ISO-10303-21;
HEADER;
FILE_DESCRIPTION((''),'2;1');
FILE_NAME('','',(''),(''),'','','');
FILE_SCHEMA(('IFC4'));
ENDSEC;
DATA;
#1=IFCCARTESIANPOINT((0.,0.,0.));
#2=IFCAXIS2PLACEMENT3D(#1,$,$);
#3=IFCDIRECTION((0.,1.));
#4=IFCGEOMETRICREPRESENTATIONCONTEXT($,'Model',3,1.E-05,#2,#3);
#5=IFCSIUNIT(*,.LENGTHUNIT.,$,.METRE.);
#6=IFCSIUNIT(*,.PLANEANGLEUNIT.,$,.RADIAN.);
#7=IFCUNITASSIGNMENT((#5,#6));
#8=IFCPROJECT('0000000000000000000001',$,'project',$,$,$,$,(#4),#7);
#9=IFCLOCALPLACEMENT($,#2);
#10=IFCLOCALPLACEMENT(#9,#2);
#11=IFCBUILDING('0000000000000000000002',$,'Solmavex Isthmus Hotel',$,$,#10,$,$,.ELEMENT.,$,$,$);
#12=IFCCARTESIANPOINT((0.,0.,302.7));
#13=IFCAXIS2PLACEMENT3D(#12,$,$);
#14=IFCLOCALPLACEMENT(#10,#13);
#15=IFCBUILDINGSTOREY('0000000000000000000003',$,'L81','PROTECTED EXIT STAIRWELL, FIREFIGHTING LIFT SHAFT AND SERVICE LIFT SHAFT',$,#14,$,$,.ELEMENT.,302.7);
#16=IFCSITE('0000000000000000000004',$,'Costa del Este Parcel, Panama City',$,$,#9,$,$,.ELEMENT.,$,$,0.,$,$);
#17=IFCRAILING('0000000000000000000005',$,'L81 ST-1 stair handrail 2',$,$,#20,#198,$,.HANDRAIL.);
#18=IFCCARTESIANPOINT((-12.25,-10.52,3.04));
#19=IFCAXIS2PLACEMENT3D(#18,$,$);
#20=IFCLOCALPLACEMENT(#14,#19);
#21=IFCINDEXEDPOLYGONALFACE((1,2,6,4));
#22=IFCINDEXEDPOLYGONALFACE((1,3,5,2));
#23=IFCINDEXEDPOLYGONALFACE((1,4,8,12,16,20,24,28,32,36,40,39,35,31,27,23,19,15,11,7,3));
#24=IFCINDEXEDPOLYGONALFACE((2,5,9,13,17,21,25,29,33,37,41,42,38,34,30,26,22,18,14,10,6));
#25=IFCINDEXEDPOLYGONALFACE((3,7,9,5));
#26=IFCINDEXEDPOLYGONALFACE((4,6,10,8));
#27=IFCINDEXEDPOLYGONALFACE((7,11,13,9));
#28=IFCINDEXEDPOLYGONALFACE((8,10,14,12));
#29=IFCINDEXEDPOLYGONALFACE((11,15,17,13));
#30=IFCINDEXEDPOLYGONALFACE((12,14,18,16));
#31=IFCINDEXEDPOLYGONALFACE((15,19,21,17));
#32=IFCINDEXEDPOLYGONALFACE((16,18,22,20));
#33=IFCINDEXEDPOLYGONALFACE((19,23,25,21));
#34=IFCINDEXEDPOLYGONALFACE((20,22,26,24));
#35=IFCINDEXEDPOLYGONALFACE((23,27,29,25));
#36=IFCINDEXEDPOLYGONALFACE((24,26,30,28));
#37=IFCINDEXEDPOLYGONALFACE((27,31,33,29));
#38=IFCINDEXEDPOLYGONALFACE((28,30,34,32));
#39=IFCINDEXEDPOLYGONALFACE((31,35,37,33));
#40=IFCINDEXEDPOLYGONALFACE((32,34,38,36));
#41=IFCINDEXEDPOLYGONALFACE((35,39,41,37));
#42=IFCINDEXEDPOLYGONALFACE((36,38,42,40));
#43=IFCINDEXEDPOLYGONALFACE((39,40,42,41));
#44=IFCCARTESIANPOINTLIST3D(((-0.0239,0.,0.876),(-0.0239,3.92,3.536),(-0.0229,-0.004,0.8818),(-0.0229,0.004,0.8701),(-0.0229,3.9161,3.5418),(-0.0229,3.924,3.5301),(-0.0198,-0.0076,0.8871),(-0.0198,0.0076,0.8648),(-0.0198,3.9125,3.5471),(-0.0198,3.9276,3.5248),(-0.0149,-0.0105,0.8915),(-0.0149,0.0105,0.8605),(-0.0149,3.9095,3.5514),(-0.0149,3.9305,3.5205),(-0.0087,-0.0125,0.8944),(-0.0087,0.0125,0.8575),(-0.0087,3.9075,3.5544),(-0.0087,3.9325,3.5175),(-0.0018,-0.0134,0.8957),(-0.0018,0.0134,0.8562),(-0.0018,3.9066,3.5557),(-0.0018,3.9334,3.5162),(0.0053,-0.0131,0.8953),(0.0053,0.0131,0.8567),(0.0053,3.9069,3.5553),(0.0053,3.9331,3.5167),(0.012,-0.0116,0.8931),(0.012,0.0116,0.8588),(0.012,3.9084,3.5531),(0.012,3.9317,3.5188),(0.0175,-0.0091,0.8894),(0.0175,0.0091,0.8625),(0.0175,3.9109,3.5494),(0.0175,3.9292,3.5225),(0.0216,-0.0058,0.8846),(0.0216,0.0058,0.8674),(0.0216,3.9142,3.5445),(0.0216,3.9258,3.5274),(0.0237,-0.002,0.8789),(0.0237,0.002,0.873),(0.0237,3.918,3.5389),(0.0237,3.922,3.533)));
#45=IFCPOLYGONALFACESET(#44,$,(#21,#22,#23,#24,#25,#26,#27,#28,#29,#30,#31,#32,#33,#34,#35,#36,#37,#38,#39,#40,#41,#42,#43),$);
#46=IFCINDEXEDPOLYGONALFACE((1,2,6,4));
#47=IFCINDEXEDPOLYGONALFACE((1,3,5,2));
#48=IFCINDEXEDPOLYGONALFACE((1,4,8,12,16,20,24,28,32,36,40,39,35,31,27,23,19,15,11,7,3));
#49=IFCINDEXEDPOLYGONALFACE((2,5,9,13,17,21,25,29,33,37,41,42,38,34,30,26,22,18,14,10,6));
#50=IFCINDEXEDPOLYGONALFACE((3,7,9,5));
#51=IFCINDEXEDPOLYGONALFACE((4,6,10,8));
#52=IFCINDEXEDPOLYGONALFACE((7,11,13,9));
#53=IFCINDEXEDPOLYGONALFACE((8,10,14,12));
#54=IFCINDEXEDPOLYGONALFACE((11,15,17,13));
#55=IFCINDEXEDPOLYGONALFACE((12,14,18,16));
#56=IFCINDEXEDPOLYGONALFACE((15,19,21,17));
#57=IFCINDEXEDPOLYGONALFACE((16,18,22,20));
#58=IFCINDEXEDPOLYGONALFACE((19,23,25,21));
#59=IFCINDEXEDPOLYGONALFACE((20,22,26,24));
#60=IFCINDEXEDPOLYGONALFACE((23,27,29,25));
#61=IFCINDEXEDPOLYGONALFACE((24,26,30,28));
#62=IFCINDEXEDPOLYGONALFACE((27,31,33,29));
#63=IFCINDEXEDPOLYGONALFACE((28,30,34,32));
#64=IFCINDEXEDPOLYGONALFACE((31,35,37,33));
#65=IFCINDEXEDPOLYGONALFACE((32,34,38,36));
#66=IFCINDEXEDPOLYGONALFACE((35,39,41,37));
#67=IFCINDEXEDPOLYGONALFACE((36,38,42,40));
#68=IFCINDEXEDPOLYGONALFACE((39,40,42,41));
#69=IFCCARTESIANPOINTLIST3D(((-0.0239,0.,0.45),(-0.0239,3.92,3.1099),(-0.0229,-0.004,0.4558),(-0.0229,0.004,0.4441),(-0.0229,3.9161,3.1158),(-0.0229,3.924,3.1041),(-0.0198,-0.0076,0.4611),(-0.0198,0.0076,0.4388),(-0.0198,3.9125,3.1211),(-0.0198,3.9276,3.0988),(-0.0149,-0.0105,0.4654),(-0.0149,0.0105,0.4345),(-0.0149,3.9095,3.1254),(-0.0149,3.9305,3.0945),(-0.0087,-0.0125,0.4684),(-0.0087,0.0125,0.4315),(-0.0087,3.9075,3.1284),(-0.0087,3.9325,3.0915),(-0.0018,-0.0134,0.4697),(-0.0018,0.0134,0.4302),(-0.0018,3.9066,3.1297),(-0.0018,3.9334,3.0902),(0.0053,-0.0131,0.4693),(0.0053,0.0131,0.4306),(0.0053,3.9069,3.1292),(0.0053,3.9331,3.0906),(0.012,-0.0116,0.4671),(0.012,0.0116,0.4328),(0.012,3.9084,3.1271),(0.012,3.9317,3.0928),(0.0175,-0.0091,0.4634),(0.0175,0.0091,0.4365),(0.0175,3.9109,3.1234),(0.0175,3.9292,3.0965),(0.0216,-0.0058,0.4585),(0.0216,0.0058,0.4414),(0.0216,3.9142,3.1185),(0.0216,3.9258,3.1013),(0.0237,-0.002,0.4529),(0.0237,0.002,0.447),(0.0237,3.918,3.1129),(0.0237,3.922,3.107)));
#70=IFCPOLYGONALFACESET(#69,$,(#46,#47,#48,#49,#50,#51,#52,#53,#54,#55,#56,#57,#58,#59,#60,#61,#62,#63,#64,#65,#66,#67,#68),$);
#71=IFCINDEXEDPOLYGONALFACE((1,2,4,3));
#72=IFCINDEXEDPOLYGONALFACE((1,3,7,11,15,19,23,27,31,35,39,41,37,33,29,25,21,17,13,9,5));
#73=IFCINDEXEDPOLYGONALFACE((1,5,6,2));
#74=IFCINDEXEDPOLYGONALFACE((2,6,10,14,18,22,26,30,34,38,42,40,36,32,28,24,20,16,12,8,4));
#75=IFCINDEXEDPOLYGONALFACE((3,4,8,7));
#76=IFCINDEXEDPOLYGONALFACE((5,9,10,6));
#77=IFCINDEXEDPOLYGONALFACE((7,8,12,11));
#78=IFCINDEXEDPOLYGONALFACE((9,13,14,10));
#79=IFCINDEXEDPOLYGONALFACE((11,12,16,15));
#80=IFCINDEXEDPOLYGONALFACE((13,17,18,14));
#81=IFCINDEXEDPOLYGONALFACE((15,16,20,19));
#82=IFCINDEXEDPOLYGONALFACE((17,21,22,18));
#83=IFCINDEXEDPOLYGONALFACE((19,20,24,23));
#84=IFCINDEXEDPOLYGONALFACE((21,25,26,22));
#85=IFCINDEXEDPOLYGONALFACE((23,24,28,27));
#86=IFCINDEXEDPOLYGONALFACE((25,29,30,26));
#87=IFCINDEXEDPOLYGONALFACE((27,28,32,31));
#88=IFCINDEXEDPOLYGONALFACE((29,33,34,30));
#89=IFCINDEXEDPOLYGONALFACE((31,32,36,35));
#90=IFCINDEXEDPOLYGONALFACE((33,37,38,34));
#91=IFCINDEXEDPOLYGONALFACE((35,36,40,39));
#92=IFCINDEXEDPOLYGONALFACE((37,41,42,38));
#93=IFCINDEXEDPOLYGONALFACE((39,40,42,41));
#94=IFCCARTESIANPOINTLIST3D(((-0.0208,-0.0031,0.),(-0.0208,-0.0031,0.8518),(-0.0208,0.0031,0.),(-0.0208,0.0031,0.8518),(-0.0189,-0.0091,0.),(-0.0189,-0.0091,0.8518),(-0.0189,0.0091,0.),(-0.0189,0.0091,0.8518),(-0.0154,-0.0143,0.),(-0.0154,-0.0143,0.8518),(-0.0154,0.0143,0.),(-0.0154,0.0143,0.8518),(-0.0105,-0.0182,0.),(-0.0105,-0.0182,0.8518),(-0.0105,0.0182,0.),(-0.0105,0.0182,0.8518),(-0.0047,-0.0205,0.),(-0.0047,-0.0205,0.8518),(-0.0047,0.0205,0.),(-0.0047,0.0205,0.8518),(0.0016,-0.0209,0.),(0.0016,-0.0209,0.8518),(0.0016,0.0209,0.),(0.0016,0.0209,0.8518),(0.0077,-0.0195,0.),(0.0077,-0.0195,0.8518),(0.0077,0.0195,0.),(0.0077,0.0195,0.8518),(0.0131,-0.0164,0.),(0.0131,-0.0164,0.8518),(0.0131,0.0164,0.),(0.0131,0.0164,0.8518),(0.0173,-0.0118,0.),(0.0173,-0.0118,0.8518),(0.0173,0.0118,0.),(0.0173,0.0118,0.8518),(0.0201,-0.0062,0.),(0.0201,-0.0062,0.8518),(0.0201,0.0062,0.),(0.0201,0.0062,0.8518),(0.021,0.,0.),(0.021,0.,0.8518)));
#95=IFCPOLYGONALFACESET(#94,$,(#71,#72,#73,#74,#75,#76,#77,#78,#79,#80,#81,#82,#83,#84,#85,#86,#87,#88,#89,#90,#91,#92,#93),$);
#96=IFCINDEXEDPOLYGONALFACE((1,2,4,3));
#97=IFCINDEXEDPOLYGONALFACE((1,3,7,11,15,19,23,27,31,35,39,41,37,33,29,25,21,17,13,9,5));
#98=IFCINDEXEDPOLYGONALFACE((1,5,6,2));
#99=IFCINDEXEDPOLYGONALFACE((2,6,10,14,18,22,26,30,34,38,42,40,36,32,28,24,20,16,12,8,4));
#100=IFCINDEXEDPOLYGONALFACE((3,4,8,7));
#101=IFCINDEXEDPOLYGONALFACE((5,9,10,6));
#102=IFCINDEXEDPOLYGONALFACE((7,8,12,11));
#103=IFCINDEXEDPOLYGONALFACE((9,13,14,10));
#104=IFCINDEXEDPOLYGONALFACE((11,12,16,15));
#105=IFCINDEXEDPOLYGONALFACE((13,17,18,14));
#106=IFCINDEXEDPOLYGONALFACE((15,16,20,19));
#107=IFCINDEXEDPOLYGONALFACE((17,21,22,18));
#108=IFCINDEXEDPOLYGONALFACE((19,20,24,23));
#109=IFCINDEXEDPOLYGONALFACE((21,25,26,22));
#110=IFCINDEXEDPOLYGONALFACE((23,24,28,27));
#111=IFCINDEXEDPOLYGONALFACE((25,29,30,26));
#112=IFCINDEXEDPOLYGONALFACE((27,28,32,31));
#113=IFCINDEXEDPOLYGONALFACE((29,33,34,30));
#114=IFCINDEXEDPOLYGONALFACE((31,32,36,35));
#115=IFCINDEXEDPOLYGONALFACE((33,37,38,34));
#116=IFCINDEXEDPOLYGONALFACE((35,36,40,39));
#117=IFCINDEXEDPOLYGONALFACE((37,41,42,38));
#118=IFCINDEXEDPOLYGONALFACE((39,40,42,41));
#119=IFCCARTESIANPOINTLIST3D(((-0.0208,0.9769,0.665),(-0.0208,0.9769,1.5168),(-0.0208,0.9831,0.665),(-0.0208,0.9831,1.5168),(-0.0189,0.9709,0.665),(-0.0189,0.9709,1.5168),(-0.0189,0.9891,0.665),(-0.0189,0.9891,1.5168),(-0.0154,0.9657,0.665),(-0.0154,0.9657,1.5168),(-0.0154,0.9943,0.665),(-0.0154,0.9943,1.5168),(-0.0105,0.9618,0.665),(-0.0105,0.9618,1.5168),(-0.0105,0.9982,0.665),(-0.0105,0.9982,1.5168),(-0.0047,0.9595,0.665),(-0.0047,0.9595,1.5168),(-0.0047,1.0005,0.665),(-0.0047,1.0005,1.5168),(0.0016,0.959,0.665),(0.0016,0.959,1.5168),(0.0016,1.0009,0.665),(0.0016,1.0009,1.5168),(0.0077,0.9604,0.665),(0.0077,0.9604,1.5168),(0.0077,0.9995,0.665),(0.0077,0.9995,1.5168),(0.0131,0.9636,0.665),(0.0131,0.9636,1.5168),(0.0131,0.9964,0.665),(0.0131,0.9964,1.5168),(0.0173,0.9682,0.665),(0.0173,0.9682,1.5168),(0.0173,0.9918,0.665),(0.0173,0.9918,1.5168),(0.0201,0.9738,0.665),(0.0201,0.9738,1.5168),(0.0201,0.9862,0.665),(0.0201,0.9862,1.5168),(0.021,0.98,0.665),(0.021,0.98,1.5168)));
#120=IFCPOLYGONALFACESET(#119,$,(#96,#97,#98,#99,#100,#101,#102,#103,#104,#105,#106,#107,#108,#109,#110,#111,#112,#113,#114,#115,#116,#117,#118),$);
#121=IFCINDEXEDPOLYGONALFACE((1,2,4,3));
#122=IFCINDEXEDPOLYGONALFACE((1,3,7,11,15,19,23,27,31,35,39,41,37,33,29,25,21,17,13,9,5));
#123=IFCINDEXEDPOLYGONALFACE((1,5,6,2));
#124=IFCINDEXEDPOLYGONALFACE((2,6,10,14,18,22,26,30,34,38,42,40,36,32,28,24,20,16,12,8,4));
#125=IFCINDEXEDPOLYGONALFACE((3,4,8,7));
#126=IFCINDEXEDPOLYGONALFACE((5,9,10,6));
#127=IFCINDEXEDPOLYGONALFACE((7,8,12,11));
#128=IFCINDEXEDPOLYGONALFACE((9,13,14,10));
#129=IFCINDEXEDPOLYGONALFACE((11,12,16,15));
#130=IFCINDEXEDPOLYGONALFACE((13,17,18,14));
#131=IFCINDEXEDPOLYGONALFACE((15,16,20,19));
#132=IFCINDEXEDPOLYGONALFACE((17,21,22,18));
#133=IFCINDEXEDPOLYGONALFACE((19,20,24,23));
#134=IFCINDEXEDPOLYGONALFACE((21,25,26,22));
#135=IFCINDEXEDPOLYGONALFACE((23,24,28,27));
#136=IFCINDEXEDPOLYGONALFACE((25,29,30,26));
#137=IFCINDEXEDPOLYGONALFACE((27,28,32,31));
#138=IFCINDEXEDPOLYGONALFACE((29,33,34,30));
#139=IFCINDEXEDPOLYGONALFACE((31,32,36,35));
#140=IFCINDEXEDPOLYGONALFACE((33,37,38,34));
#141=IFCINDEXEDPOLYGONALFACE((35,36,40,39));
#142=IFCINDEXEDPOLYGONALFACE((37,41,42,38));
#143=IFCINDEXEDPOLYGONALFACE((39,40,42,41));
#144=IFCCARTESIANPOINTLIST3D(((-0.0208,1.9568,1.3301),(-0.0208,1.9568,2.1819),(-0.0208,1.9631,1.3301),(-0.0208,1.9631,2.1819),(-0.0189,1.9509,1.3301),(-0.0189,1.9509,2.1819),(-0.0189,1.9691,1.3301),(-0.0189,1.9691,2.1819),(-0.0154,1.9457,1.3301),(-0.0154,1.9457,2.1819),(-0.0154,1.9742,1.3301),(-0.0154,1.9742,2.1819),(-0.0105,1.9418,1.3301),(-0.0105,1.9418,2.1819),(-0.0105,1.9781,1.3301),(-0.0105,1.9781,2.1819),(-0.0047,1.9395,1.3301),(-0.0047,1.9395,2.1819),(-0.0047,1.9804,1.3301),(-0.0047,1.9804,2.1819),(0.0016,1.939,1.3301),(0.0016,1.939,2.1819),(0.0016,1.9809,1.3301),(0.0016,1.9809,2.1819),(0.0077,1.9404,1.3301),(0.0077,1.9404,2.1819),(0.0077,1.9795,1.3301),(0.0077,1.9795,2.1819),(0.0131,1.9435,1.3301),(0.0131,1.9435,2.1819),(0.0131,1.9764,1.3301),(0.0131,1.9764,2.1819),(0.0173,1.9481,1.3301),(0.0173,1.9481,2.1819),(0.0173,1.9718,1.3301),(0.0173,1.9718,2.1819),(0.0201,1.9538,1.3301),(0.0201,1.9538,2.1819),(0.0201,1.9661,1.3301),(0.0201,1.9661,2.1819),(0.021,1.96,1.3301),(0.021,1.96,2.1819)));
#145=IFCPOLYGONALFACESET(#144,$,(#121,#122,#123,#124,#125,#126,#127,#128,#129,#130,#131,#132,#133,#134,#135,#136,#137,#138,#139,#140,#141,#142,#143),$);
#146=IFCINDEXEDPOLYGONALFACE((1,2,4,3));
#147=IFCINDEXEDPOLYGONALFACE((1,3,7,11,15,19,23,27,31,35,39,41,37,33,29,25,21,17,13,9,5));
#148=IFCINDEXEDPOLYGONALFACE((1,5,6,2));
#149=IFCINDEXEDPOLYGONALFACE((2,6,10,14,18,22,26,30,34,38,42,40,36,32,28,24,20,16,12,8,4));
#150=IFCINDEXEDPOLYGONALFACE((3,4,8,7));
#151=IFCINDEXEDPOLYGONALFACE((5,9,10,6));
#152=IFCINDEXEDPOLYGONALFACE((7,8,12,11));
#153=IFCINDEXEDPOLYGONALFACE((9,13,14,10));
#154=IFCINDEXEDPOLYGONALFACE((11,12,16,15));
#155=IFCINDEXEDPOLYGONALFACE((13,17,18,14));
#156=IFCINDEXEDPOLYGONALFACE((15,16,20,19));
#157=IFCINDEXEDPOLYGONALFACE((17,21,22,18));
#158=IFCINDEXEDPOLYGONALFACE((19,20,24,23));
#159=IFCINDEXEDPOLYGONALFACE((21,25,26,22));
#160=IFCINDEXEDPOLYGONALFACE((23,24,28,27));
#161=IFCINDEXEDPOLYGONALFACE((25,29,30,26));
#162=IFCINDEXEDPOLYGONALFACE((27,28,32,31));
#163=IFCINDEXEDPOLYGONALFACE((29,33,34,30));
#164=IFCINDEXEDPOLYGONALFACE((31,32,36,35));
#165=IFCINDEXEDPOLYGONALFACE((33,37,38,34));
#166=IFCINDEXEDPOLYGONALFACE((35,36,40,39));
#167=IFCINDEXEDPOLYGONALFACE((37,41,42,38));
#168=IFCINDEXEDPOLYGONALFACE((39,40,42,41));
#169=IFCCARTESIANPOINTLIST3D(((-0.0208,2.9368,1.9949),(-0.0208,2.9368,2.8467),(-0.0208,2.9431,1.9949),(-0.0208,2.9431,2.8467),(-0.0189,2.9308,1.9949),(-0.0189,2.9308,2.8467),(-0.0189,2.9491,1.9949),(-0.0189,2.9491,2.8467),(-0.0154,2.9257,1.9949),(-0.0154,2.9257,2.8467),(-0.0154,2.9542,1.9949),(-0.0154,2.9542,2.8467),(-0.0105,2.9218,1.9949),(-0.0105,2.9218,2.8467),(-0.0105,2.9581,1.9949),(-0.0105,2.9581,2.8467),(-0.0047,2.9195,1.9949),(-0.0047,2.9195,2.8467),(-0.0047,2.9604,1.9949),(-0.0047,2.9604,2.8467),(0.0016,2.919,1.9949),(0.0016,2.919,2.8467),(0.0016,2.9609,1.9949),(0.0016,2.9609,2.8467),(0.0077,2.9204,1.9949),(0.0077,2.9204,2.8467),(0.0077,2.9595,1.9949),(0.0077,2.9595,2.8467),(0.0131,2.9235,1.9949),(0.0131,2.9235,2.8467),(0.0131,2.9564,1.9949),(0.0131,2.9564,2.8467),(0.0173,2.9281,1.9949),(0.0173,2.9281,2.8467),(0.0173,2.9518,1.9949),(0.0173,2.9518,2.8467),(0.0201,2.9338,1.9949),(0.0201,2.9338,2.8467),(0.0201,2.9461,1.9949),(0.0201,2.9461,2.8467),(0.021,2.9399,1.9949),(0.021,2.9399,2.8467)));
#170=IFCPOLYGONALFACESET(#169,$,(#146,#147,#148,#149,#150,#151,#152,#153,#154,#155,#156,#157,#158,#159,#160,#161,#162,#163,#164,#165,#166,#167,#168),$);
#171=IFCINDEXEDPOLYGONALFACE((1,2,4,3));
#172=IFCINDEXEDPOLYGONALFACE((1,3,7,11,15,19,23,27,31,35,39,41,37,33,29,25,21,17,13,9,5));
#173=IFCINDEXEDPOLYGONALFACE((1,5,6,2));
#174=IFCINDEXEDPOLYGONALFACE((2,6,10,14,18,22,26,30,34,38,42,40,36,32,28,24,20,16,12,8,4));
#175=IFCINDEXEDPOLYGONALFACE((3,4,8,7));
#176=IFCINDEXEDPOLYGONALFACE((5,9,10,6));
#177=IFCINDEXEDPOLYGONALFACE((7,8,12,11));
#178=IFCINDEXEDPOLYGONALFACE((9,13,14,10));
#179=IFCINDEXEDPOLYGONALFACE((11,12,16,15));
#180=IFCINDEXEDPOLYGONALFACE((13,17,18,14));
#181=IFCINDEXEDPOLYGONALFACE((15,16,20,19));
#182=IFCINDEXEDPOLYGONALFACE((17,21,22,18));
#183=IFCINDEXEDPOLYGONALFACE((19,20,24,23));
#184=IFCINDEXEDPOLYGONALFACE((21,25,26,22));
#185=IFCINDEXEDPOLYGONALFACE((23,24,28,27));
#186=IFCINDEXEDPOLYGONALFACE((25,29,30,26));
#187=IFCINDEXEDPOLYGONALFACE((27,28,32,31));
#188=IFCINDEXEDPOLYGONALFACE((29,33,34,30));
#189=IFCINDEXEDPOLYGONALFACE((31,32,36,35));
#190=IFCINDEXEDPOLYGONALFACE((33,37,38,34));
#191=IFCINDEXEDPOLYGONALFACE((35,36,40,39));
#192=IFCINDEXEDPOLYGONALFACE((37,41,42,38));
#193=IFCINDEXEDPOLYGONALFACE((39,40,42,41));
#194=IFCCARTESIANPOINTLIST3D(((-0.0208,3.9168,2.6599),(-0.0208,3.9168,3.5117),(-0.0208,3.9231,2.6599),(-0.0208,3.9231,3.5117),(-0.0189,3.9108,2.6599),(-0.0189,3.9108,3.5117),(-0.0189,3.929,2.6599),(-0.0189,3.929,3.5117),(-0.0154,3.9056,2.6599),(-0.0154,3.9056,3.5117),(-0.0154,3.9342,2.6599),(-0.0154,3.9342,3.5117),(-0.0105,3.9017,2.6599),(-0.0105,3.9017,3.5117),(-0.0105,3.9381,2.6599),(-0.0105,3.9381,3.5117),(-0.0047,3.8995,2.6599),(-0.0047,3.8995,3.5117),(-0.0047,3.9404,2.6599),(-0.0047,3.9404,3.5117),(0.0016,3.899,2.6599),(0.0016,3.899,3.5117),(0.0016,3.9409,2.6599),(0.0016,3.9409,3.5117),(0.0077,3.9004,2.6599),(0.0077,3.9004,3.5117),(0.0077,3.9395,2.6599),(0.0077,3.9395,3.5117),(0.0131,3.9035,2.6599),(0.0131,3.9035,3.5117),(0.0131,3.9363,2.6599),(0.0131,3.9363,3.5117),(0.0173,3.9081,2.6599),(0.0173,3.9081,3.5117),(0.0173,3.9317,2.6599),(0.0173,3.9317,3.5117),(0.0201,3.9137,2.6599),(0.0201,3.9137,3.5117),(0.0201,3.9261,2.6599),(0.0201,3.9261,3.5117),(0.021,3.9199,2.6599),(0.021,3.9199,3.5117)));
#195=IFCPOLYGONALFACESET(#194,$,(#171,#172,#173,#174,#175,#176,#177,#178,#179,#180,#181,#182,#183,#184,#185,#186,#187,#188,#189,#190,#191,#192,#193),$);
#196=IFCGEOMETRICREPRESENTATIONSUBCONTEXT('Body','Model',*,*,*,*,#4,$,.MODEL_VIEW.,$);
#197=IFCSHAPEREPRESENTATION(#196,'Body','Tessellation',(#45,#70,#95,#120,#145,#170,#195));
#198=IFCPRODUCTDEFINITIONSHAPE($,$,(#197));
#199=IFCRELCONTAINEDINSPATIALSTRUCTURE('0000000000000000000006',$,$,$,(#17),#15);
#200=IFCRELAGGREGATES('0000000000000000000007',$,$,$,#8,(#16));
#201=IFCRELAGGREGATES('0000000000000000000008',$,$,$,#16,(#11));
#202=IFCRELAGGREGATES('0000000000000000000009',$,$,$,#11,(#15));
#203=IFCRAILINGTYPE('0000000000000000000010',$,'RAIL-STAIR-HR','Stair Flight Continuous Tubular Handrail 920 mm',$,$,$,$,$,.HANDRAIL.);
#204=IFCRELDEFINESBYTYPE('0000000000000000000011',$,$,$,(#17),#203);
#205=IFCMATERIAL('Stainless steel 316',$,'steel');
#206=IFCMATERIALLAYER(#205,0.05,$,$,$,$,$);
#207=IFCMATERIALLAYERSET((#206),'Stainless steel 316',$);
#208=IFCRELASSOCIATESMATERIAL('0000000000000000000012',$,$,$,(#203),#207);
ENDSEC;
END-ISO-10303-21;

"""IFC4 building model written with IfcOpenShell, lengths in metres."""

from ifc_helpers import new_model, si_unit, direction, frame, origin, origin_2d, place, context, subcontext, project, spatial, circle, extrude, material, layer, layer_set, type_object, element, save


model = new_model("IFC4")

# Units and contexts
model_context = context("Model", 3, precision=1e-05, world=origin(), true_north=direction((0.0, 1.0)))
body_context = subcontext(model_context, "Body", "Model", "MODEL_VIEW")
ifc_project = project(units=[si_unit("LENGTHUNIT", "METRE"), si_unit("PLANEANGLEUNIT", "RADIAN")], contexts=[model_context])

# Site, building, storey
site_placement = place(None, origin())
site = spatial("IfcSite", under=ifc_project, at=site_placement, Name="Costa del Este Parcel, Panama City", CompositionType="ELEMENT", RefElevation=0.0)
building_placement = place(site_placement, origin())
building = spatial("IfcBuilding", under=site, at=building_placement, Name="Solmavex Isthmus Hotel", CompositionType="ELEMENT")
storey_placement = place(building_placement, frame((0.0, 0.0, 302.7)))
storey = spatial("IfcBuildingStorey", under=building, at=storey_placement, Name="L81", Description="PROTECTED EXIT STAIRWELL, FIREFIGHTING LIFT SHAFT AND SERVICE LIFT SHAFT", CompositionType="ELEMENT", Elevation=302.7)

# Shared definitions
ifc_material_1 = material(Name="Stainless steel 316", Category="steel")

# Railing
ifc_layer_1 = layer(ifc_material_1, 0.05)
ifc_layer_set_1 = layer_set([ifc_layer_1], Name="Stainless steel 316")
railing_type_1 = type_object("IfcRailingType", Name="RAIL-STAIR-HR", Description="Stair Flight Continuous Tubular Handrail 920 mm", PredefinedType="HANDRAIL", material=ifc_layer_set_1)
railing_1_placement = place(storey_placement, frame((-12.25, -10.52, 3.04)))
element("IfcRailing", 1, at=railing_1_placement, inside=storey, type_object=railing_type_1, Name="L81 ST-1 stair handrail 2", PredefinedType="HANDRAIL", context=body_context, shape_type="SweptSolid", body=[
    extrude(circle(Radius=0.0239, at=origin_2d()), frame((0.0, 0.0, 0.876), z_axis=(0.0, 0.827479, 0.561496), x_axis=(-1.0, 0.0, 0.0)), (0.0, 0.0, 1.0), 4.7373),
    extrude(circle(Radius=0.0239, at=origin_2d()), frame((0.0, 0.0, 0.45), z_axis=(0.0, 0.827479, 0.561496), x_axis=(-1.0, 0.0, 0.0)), (0.0, 0.0, 1.0), 4.7373),
    extrude(circle(Radius=0.021, at=origin_2d()), origin(), (0.0, 0.0, 1.0), 0.8518),
    extrude(circle(Radius=0.021, at=origin_2d()), frame((0.0, 0.98, 0.665)), (0.0, 0.0, 1.0), 0.8518),
    extrude(circle(Radius=0.021, at=origin_2d()), frame((0.0, 1.96, 1.3301)), (0.0, 0.0, 1.0), 0.8518),
    extrude(circle(Radius=0.021, at=origin_2d()), frame((0.0, 2.9399, 1.9949)), (0.0, 0.0, 1.0), 0.8518),
    extrude(circle(Radius=0.021, at=origin_2d()), frame((0.0, 3.9199, 2.6599)), (0.0, 0.0, 1.0), 0.8518),
])

save(model, "model.ifc")
